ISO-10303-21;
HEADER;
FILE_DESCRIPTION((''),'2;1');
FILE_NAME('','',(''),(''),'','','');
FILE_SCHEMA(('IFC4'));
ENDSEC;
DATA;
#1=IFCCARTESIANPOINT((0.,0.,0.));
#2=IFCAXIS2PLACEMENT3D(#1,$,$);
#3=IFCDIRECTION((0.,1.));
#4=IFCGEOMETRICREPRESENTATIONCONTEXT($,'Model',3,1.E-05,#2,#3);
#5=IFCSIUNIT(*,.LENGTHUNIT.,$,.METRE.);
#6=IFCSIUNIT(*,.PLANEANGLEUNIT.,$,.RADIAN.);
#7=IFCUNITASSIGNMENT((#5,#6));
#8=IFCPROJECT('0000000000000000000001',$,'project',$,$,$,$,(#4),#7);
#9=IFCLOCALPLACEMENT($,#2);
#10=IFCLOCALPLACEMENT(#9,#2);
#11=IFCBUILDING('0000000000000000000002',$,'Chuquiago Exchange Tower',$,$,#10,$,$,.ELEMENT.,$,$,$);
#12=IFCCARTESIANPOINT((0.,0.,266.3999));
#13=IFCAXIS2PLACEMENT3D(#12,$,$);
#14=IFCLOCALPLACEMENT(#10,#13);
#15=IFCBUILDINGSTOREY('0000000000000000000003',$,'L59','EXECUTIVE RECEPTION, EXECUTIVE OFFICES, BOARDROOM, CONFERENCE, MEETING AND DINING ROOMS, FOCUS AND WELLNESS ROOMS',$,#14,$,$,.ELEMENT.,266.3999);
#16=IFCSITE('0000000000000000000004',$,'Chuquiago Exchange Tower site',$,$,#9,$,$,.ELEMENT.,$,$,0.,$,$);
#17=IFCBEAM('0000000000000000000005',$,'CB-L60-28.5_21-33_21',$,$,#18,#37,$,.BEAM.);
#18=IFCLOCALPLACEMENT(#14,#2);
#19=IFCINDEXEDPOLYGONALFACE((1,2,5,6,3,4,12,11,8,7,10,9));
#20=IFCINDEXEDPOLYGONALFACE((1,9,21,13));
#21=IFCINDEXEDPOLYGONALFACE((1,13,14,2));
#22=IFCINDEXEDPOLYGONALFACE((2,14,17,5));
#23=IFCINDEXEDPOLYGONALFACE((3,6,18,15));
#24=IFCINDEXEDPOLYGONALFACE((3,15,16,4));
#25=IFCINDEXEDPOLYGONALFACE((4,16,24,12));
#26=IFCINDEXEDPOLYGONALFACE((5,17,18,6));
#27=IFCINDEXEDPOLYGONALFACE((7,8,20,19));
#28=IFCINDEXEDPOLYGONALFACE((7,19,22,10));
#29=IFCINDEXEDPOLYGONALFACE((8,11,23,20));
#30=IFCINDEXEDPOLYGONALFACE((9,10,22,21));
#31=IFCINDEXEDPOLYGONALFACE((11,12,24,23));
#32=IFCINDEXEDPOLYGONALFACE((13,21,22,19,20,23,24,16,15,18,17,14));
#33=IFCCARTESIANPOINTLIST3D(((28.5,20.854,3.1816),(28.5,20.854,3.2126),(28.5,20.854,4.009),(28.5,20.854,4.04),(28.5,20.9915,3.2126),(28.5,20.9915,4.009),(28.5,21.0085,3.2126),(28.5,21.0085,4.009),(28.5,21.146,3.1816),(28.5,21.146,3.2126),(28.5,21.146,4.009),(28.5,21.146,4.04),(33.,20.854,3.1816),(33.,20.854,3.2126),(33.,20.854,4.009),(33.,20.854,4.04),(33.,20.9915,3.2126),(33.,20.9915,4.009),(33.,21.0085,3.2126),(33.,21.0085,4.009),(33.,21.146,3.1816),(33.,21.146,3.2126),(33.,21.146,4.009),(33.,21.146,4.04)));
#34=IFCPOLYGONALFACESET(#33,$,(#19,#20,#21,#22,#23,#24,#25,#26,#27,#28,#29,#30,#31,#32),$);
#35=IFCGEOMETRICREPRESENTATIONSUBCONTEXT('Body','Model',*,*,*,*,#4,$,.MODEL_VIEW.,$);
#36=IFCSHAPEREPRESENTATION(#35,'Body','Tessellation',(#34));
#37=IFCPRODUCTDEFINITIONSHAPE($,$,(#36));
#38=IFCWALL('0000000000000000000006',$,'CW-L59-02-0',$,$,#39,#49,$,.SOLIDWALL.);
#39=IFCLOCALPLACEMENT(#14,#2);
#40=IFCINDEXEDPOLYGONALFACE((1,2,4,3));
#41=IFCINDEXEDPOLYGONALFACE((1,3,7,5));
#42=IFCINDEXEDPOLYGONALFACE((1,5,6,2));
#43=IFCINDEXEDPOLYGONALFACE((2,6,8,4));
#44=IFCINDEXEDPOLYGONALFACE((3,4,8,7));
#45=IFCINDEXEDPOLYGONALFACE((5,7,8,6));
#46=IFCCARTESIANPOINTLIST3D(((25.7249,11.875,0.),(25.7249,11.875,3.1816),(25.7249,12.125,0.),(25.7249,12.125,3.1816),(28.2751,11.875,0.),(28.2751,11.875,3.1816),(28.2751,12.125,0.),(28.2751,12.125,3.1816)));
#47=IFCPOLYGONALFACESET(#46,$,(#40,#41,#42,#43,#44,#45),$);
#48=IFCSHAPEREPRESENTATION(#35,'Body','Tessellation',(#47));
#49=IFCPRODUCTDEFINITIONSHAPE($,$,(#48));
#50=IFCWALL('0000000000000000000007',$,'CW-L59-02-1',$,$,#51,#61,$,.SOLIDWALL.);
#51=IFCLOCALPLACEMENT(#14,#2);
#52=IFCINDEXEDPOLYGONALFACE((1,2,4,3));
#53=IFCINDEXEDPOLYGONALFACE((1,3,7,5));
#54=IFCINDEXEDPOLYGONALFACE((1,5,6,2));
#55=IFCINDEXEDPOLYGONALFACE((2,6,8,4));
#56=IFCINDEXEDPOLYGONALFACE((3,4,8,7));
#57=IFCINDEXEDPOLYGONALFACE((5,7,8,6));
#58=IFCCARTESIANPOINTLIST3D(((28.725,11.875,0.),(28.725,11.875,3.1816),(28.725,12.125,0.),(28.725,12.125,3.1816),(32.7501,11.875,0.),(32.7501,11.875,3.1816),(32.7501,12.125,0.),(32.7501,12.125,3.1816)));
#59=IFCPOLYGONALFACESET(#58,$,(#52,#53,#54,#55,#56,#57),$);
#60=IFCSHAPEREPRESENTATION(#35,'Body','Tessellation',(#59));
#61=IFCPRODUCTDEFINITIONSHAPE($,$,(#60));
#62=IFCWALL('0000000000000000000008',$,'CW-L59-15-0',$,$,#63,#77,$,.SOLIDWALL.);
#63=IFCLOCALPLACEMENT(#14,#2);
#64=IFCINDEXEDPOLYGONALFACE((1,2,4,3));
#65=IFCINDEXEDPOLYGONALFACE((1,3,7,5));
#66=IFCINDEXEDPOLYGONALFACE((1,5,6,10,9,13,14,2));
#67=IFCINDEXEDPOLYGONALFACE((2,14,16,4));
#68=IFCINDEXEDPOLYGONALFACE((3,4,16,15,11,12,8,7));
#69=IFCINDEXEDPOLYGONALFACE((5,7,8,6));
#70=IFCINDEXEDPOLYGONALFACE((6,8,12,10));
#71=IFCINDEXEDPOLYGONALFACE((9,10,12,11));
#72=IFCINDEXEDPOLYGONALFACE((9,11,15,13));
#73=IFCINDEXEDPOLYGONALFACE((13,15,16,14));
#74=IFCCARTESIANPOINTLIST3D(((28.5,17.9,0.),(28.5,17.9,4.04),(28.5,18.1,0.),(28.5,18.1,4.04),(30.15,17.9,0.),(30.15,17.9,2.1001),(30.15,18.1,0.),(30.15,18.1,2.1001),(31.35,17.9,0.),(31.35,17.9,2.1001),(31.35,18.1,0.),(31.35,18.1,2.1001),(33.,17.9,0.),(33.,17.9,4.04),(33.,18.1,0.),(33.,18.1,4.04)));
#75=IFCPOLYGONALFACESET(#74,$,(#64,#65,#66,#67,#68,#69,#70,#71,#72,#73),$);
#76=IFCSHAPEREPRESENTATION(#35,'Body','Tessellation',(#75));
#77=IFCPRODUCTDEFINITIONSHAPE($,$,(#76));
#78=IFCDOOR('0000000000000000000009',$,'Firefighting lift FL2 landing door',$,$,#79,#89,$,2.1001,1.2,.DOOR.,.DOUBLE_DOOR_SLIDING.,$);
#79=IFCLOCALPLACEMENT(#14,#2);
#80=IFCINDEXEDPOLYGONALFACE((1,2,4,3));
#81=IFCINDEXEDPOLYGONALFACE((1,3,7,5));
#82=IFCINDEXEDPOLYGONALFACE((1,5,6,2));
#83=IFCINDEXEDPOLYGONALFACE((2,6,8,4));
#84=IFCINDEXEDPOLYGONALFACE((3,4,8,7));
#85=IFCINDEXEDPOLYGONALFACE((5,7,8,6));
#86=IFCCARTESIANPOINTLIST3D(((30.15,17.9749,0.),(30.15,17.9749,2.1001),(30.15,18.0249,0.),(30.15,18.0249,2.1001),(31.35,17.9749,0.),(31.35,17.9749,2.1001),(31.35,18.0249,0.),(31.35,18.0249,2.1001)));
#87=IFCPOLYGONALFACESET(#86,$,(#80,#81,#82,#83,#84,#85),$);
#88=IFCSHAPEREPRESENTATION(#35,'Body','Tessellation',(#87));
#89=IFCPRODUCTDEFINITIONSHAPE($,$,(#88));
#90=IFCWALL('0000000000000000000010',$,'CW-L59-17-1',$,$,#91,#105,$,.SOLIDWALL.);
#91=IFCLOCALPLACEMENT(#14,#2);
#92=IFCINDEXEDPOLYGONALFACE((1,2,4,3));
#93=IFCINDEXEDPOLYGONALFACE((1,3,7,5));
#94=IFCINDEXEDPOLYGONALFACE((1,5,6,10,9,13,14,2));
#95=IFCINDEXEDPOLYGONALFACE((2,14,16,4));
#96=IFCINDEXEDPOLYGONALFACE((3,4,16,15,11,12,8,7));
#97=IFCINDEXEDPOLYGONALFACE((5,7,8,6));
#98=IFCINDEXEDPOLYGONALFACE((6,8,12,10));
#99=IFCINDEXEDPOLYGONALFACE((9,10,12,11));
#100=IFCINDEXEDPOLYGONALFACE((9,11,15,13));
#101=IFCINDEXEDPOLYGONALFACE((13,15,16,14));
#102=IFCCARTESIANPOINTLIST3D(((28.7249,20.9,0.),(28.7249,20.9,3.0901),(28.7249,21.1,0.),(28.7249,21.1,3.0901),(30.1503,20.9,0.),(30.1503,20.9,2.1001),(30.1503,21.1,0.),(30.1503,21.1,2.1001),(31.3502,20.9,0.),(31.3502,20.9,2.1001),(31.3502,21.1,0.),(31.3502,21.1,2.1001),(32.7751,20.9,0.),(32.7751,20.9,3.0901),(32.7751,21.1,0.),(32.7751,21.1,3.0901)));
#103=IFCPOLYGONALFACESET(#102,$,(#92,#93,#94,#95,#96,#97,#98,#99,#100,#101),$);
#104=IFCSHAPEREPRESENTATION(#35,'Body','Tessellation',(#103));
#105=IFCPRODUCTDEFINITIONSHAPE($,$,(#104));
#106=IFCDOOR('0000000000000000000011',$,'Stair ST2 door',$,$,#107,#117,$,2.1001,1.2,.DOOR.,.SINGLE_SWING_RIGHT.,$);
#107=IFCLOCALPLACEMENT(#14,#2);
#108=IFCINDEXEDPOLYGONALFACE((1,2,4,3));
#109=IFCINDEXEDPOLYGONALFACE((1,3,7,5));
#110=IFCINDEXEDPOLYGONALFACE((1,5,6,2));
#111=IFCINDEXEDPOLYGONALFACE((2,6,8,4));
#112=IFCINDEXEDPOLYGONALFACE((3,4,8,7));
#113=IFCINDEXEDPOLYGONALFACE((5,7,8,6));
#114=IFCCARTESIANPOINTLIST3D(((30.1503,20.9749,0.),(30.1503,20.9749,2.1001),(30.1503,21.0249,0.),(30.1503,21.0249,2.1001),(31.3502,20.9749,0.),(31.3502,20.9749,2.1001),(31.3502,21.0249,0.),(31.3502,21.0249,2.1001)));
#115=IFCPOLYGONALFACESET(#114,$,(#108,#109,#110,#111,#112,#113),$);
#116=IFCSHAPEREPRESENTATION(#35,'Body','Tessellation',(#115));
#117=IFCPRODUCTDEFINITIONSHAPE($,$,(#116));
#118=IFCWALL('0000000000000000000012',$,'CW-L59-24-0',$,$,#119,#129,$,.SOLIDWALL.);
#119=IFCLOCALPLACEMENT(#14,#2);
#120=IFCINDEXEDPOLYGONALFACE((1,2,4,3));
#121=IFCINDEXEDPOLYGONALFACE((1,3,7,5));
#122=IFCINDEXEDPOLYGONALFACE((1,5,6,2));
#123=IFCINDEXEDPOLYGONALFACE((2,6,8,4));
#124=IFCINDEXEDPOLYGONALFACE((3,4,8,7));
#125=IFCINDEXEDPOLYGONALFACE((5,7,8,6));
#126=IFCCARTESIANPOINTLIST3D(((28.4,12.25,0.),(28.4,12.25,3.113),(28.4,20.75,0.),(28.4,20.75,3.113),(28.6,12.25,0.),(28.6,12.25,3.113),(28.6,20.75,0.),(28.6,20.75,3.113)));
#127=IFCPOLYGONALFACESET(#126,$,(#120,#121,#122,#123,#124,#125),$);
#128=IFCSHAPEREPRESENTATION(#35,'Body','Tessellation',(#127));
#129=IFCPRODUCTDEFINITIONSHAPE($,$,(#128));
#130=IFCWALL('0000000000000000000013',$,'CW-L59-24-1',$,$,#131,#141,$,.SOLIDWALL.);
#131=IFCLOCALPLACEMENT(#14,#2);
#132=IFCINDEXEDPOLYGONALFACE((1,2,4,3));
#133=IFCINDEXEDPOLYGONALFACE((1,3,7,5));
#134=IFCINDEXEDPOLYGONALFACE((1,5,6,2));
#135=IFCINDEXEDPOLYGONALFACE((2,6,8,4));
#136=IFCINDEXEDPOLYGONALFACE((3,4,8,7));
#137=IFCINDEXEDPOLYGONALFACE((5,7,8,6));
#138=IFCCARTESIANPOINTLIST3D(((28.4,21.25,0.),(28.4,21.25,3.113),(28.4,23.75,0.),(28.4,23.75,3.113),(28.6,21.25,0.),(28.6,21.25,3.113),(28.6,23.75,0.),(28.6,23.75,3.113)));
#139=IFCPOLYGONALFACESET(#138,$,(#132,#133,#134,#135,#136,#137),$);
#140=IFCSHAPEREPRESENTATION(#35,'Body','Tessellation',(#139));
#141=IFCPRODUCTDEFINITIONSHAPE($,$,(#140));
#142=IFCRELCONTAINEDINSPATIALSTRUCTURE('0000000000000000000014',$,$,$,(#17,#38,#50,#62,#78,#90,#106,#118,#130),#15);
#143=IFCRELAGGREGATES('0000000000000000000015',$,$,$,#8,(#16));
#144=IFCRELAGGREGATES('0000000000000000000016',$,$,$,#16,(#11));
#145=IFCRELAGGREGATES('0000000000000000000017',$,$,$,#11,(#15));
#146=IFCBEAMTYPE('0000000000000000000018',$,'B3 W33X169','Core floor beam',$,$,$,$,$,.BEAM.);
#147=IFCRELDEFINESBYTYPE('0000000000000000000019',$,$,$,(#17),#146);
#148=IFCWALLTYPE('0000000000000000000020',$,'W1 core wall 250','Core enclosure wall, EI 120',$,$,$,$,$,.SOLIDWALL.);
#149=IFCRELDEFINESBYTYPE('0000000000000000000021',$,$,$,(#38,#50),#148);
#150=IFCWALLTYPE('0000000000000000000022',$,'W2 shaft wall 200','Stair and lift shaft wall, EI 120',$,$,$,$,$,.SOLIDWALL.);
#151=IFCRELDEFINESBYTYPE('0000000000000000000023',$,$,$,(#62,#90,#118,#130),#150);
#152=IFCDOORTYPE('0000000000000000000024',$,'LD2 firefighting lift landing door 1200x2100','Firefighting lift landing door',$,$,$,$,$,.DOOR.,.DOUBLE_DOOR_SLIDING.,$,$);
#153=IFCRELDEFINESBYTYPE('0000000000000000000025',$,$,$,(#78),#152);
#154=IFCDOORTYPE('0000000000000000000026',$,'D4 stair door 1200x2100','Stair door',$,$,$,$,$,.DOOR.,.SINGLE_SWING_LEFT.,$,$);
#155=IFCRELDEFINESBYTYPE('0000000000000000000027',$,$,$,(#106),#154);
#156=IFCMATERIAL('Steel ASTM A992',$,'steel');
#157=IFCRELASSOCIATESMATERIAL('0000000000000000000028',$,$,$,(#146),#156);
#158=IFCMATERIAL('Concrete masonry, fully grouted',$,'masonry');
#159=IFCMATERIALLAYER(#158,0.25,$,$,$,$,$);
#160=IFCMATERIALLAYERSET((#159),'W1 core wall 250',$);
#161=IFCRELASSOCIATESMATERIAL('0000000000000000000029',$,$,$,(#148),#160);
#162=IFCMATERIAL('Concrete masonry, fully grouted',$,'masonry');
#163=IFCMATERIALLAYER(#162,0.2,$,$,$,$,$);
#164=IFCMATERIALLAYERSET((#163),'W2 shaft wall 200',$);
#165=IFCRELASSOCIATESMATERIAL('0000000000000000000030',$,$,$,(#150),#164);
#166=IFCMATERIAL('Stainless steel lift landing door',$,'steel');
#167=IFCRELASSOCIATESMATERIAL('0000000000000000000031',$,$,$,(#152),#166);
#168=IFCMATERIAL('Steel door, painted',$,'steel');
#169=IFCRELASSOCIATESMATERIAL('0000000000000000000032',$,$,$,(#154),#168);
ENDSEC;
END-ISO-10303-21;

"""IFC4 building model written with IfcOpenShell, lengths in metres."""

from ifc_helpers import new_model, si_unit, direction, frame, frame_2d, origin, origin_2d, place, context, subcontext, project, spatial, rectangle, i_section, extrude, material, layer, layer_set, material_profile, profile_set, type_object, element, fill, save


model = new_model("IFC4")

# Units and contexts
model_context = context("Model", 3, precision=1e-05, world=origin(), true_north=direction((0.0, 1.0)))
body_context = subcontext(model_context, "Body", "Model", "MODEL_VIEW")
ifc_project = project(units=[si_unit("LENGTHUNIT", "METRE"), si_unit("PLANEANGLEUNIT", "RADIAN")], contexts=[model_context])

# Site, building, storey
site_placement = place(None, origin())
site = spatial("IfcSite", under=ifc_project, at=site_placement, Name="Chuquiago Exchange Tower site", CompositionType="ELEMENT", RefElevation=0.0)
building_placement = place(site_placement, origin())
building = spatial("IfcBuilding", under=site, at=building_placement, Name="Chuquiago Exchange Tower", CompositionType="ELEMENT")
storey_placement = place(building_placement, frame((0.0, 0.0, 266.3999)))
storey = spatial("IfcBuildingStorey", under=building, at=storey_placement, Name="L59", Description="EXECUTIVE RECEPTION, EXECUTIVE OFFICES, BOARDROOM, CONFERENCE, MEETING AND DINING ROOMS, FOCUS AND WELLNESS ROOMS", CompositionType="ELEMENT", Elevation=266.3999)

# Beam
ifc_material_1 = material(Name="Steel ASTM A992", Category="steel")
ifc_material_profile_1 = material_profile(ifc_material_1, i_section(OverallWidth=0.292, OverallDepth=0.8584, WebThickness=0.0171, FlangeThickness=0.031, at=origin_2d()), Name="W33X169")
ifc_profile_set_1 = profile_set([ifc_material_profile_1], Name="Steel ASTM A992")
beam_type_1 = type_object("IfcBeamType", Name="B3 W33X169", Description="Core floor beam", PredefinedType="BEAM", material=ifc_profile_set_1)
for number, where, z_axis, x_axis, name in (
    (1, (28.5, 21.0, 3.6108), (1.0, 0.0, 0.0), (0.0, 1.0, 0.0), "CB-L60-28.5_21-33_21"),
):
    element("IfcBeam", number, at=place(storey_placement, frame(where, z_axis=z_axis, x_axis=x_axis)), inside=storey, type_object=beam_type_1, Name=name, PredefinedType="BEAM", context=body_context, shape_type="SweptSolid", body=[
        extrude(i_section(OverallWidth=0.292, OverallDepth=0.8584, WebThickness=0.0171, FlangeThickness=0.031, at=origin_2d()), origin(), (0.0, 0.0, 1.0), 4.5),
    ])

# Walls
ifc_material_2 = material(Name="Concrete masonry, fully grouted", Category="masonry")
ifc_layer_1 = layer(ifc_material_2, 0.25)
ifc_layer_set_1 = layer_set([ifc_layer_1], Name="W1 core wall 250")
wall_type_1 = type_object("IfcWallType", Name="W1 core wall 250", Description="Core enclosure wall, EI 120", PredefinedType="SOLIDWALL", material=ifc_layer_set_1)
wall_1_placement = place(storey_placement, frame((25.7249, 12.0, 0.0), z_axis=(0.0, 0.0, 1.0), x_axis=(1.0, 0.0, 0.0)))
element("IfcWall", 2, at=wall_1_placement, inside=storey, type_object=wall_type_1, Name="CW-L59-02-0", PredefinedType="SOLIDWALL", context=body_context, shape_type="SweptSolid", body=[
    extrude(rectangle(XDim=2.5503, YDim=0.25, at=frame_2d((1.2751, 0.0))), origin(), (0.0, 0.0, 1.0), 3.1816),
])
wall_2_placement = place(storey_placement, frame((28.7249, 12.0, 0.0), z_axis=(0.0, 0.0, 1.0), x_axis=(1.0, 0.0, 0.0)))
element("IfcWall", 3, at=wall_2_placement, inside=storey, type_object=wall_type_1, Name="CW-L59-02-1", PredefinedType="SOLIDWALL", context=body_context, shape_type="SweptSolid", body=[
    extrude(rectangle(XDim=4.0251, YDim=0.25, at=frame_2d((2.0127, 0.0))), origin(), (0.0, 0.0, 1.0), 3.1816),
])

# Walls, openings, doors
ifc_material_3 = material(Name="Concrete masonry, fully grouted", Category="masonry")
ifc_layer_2 = layer(ifc_material_3, 0.2)
ifc_layer_set_2 = layer_set([ifc_layer_2], Name="W2 shaft wall 200")
wall_type_2 = type_object("IfcWallType", Name="W2 shaft wall 200", Description="Stair and lift shaft wall, EI 120", PredefinedType="SOLIDWALL", material=ifc_layer_set_2)
wall_3_placement = place(storey_placement, frame((28.5, 18.0, 0.0), z_axis=(0.0, 0.0, 1.0), x_axis=(1.0, 0.0, 0.0)))
wall_3 = element("IfcWall", 4, at=wall_3_placement, inside=storey, type_object=wall_type_2, Name="CW-L59-15-0", PredefinedType="SOLIDWALL", context=body_context, shape_type="SweptSolid", body=[
    extrude(rectangle(XDim=4.5, YDim=0.2, at=frame_2d((2.25, 0.0))), origin(), (0.0, 0.0, 1.0), 4.04),
])
opening_1_placement = place(wall_3_placement, frame((1.6499, 0.0, 0.0)))
opening_1 = element("IfcOpeningElement", 5, at=opening_1_placement, cuts=wall_3, PredefinedType="OPENING", context=body_context, shape_type="SweptSolid", body=[
    extrude(rectangle(XDim=1.2, YDim=2.1001, at=frame_2d((0.6001, 1.05))), frame((0.0, 0.1099, 0.0), z_axis=(0.0, -1.0, 0.0), x_axis=(1.0, 0.0, 0.0)), (0.0, 0.0, 1.0), 0.22),
])
ifc_material_4 = material(Name="Stainless steel lift landing door", Category="steel")
door_type_1 = type_object("IfcDoorType", Name="LD2 firefighting lift landing door 1200x2100", Description="Firefighting lift landing door", OperationType="DOUBLE_DOOR_SLIDING", PredefinedType="DOOR", material=ifc_material_4)
door_1_placement = place(opening_1_placement, origin())
door_1 = element("IfcDoor", 6, at=door_1_placement, inside=storey, type_object=door_type_1, Name="Firefighting lift FL2 landing door", OperationType="DOUBLE_DOOR_SLIDING", OverallHeight=2.1001, OverallWidth=1.2, PredefinedType="DOOR", context=body_context, shape_type="SweptSolid", body=[
    extrude(rectangle(XDim=1.2, YDim=2.1001, at=frame_2d((0.6001, 1.05))), frame((0.0, 0.0249, 0.0), z_axis=(0.0, -1.0, 0.0), x_axis=(1.0, 0.0, 0.0)), (0.0, 0.0, 1.0), 0.05),
])
fill(opening_1, door_1)
wall_4_placement = place(storey_placement, frame((28.7249, 21.0, 0.0), z_axis=(0.0, 0.0, 1.0), x_axis=(1.0, 0.0, 0.0)))
wall_4 = element("IfcWall", 7, at=wall_4_placement, inside=storey, type_object=wall_type_2, Name="CW-L59-17-1", PredefinedType="SOLIDWALL", context=body_context, shape_type="SweptSolid", body=[
    extrude(rectangle(XDim=4.0503, YDim=0.2, at=frame_2d((2.0251, 0.0))), origin(), (0.0, 0.0, 1.0), 3.0901),
])
opening_2_placement = place(wall_4_placement, frame((1.4253, 0.0, 0.0)))
opening_2 = element("IfcOpeningElement", 8, at=opening_2_placement, cuts=wall_4, PredefinedType="OPENING", context=body_context, shape_type="SweptSolid", body=[
    extrude(rectangle(XDim=1.2, YDim=2.1001, at=frame_2d((0.6001, 1.05))), frame((0.0, 0.1099, 0.0), z_axis=(0.0, -1.0, 0.0), x_axis=(1.0, 0.0, 0.0)), (0.0, 0.0, 1.0), 0.22),
])
ifc_material_5 = material(Name="Steel door, painted", Category="steel")
door_type_2 = type_object("IfcDoorType", Name="D4 stair door 1200x2100", Description="Stair door", OperationType="SINGLE_SWING_LEFT", PredefinedType="DOOR", material=ifc_material_5)
door_2_placement = place(opening_2_placement, origin())
door_2 = element("IfcDoor", 9, at=door_2_placement, inside=storey, type_object=door_type_2, Name="Stair ST2 door", OperationType="SINGLE_SWING_RIGHT", OverallHeight=2.1001, OverallWidth=1.2, PredefinedType="DOOR", context=body_context, shape_type="SweptSolid", body=[
    extrude(rectangle(XDim=1.2, YDim=2.1001, at=frame_2d((0.6001, 1.05))), frame((0.0, 0.0249, 0.0), z_axis=(0.0, -1.0, 0.0), x_axis=(1.0, 0.0, 0.0)), (0.0, 0.0, 1.0), 0.05),
])
fill(opening_2, door_2)

# Walls
wall_5_placement = place(storey_placement, frame((28.5, 12.25, 0.0), z_axis=(0.0, 0.0, 1.0), x_axis=(0.0, 1.0, 0.0)))
element("IfcWall", 10, at=wall_5_placement, inside=storey, type_object=wall_type_2, Name="CW-L59-24-0", PredefinedType="SOLIDWALL", context=body_context, shape_type="SweptSolid", body=[
    extrude(rectangle(XDim=8.5, YDim=0.2, at=frame_2d((4.25, 0.0))), origin(), (0.0, 0.0, 1.0), 3.113),
])
wall_6_placement = place(storey_placement, frame((28.5, 21.25, 0.0), z_axis=(0.0, 0.0, 1.0), x_axis=(0.0, 1.0, 0.0)))
element("IfcWall", 11, at=wall_6_placement, inside=storey, type_object=wall_type_2, Name="CW-L59-24-1", PredefinedType="SOLIDWALL", context=body_context, shape_type="SweptSolid", body=[
    extrude(rectangle(XDim=2.5, YDim=0.2, at=frame_2d((1.25, 0.0))), origin(), (0.0, 0.0, 1.0), 3.113),
])

save(model, "model.ifc")
